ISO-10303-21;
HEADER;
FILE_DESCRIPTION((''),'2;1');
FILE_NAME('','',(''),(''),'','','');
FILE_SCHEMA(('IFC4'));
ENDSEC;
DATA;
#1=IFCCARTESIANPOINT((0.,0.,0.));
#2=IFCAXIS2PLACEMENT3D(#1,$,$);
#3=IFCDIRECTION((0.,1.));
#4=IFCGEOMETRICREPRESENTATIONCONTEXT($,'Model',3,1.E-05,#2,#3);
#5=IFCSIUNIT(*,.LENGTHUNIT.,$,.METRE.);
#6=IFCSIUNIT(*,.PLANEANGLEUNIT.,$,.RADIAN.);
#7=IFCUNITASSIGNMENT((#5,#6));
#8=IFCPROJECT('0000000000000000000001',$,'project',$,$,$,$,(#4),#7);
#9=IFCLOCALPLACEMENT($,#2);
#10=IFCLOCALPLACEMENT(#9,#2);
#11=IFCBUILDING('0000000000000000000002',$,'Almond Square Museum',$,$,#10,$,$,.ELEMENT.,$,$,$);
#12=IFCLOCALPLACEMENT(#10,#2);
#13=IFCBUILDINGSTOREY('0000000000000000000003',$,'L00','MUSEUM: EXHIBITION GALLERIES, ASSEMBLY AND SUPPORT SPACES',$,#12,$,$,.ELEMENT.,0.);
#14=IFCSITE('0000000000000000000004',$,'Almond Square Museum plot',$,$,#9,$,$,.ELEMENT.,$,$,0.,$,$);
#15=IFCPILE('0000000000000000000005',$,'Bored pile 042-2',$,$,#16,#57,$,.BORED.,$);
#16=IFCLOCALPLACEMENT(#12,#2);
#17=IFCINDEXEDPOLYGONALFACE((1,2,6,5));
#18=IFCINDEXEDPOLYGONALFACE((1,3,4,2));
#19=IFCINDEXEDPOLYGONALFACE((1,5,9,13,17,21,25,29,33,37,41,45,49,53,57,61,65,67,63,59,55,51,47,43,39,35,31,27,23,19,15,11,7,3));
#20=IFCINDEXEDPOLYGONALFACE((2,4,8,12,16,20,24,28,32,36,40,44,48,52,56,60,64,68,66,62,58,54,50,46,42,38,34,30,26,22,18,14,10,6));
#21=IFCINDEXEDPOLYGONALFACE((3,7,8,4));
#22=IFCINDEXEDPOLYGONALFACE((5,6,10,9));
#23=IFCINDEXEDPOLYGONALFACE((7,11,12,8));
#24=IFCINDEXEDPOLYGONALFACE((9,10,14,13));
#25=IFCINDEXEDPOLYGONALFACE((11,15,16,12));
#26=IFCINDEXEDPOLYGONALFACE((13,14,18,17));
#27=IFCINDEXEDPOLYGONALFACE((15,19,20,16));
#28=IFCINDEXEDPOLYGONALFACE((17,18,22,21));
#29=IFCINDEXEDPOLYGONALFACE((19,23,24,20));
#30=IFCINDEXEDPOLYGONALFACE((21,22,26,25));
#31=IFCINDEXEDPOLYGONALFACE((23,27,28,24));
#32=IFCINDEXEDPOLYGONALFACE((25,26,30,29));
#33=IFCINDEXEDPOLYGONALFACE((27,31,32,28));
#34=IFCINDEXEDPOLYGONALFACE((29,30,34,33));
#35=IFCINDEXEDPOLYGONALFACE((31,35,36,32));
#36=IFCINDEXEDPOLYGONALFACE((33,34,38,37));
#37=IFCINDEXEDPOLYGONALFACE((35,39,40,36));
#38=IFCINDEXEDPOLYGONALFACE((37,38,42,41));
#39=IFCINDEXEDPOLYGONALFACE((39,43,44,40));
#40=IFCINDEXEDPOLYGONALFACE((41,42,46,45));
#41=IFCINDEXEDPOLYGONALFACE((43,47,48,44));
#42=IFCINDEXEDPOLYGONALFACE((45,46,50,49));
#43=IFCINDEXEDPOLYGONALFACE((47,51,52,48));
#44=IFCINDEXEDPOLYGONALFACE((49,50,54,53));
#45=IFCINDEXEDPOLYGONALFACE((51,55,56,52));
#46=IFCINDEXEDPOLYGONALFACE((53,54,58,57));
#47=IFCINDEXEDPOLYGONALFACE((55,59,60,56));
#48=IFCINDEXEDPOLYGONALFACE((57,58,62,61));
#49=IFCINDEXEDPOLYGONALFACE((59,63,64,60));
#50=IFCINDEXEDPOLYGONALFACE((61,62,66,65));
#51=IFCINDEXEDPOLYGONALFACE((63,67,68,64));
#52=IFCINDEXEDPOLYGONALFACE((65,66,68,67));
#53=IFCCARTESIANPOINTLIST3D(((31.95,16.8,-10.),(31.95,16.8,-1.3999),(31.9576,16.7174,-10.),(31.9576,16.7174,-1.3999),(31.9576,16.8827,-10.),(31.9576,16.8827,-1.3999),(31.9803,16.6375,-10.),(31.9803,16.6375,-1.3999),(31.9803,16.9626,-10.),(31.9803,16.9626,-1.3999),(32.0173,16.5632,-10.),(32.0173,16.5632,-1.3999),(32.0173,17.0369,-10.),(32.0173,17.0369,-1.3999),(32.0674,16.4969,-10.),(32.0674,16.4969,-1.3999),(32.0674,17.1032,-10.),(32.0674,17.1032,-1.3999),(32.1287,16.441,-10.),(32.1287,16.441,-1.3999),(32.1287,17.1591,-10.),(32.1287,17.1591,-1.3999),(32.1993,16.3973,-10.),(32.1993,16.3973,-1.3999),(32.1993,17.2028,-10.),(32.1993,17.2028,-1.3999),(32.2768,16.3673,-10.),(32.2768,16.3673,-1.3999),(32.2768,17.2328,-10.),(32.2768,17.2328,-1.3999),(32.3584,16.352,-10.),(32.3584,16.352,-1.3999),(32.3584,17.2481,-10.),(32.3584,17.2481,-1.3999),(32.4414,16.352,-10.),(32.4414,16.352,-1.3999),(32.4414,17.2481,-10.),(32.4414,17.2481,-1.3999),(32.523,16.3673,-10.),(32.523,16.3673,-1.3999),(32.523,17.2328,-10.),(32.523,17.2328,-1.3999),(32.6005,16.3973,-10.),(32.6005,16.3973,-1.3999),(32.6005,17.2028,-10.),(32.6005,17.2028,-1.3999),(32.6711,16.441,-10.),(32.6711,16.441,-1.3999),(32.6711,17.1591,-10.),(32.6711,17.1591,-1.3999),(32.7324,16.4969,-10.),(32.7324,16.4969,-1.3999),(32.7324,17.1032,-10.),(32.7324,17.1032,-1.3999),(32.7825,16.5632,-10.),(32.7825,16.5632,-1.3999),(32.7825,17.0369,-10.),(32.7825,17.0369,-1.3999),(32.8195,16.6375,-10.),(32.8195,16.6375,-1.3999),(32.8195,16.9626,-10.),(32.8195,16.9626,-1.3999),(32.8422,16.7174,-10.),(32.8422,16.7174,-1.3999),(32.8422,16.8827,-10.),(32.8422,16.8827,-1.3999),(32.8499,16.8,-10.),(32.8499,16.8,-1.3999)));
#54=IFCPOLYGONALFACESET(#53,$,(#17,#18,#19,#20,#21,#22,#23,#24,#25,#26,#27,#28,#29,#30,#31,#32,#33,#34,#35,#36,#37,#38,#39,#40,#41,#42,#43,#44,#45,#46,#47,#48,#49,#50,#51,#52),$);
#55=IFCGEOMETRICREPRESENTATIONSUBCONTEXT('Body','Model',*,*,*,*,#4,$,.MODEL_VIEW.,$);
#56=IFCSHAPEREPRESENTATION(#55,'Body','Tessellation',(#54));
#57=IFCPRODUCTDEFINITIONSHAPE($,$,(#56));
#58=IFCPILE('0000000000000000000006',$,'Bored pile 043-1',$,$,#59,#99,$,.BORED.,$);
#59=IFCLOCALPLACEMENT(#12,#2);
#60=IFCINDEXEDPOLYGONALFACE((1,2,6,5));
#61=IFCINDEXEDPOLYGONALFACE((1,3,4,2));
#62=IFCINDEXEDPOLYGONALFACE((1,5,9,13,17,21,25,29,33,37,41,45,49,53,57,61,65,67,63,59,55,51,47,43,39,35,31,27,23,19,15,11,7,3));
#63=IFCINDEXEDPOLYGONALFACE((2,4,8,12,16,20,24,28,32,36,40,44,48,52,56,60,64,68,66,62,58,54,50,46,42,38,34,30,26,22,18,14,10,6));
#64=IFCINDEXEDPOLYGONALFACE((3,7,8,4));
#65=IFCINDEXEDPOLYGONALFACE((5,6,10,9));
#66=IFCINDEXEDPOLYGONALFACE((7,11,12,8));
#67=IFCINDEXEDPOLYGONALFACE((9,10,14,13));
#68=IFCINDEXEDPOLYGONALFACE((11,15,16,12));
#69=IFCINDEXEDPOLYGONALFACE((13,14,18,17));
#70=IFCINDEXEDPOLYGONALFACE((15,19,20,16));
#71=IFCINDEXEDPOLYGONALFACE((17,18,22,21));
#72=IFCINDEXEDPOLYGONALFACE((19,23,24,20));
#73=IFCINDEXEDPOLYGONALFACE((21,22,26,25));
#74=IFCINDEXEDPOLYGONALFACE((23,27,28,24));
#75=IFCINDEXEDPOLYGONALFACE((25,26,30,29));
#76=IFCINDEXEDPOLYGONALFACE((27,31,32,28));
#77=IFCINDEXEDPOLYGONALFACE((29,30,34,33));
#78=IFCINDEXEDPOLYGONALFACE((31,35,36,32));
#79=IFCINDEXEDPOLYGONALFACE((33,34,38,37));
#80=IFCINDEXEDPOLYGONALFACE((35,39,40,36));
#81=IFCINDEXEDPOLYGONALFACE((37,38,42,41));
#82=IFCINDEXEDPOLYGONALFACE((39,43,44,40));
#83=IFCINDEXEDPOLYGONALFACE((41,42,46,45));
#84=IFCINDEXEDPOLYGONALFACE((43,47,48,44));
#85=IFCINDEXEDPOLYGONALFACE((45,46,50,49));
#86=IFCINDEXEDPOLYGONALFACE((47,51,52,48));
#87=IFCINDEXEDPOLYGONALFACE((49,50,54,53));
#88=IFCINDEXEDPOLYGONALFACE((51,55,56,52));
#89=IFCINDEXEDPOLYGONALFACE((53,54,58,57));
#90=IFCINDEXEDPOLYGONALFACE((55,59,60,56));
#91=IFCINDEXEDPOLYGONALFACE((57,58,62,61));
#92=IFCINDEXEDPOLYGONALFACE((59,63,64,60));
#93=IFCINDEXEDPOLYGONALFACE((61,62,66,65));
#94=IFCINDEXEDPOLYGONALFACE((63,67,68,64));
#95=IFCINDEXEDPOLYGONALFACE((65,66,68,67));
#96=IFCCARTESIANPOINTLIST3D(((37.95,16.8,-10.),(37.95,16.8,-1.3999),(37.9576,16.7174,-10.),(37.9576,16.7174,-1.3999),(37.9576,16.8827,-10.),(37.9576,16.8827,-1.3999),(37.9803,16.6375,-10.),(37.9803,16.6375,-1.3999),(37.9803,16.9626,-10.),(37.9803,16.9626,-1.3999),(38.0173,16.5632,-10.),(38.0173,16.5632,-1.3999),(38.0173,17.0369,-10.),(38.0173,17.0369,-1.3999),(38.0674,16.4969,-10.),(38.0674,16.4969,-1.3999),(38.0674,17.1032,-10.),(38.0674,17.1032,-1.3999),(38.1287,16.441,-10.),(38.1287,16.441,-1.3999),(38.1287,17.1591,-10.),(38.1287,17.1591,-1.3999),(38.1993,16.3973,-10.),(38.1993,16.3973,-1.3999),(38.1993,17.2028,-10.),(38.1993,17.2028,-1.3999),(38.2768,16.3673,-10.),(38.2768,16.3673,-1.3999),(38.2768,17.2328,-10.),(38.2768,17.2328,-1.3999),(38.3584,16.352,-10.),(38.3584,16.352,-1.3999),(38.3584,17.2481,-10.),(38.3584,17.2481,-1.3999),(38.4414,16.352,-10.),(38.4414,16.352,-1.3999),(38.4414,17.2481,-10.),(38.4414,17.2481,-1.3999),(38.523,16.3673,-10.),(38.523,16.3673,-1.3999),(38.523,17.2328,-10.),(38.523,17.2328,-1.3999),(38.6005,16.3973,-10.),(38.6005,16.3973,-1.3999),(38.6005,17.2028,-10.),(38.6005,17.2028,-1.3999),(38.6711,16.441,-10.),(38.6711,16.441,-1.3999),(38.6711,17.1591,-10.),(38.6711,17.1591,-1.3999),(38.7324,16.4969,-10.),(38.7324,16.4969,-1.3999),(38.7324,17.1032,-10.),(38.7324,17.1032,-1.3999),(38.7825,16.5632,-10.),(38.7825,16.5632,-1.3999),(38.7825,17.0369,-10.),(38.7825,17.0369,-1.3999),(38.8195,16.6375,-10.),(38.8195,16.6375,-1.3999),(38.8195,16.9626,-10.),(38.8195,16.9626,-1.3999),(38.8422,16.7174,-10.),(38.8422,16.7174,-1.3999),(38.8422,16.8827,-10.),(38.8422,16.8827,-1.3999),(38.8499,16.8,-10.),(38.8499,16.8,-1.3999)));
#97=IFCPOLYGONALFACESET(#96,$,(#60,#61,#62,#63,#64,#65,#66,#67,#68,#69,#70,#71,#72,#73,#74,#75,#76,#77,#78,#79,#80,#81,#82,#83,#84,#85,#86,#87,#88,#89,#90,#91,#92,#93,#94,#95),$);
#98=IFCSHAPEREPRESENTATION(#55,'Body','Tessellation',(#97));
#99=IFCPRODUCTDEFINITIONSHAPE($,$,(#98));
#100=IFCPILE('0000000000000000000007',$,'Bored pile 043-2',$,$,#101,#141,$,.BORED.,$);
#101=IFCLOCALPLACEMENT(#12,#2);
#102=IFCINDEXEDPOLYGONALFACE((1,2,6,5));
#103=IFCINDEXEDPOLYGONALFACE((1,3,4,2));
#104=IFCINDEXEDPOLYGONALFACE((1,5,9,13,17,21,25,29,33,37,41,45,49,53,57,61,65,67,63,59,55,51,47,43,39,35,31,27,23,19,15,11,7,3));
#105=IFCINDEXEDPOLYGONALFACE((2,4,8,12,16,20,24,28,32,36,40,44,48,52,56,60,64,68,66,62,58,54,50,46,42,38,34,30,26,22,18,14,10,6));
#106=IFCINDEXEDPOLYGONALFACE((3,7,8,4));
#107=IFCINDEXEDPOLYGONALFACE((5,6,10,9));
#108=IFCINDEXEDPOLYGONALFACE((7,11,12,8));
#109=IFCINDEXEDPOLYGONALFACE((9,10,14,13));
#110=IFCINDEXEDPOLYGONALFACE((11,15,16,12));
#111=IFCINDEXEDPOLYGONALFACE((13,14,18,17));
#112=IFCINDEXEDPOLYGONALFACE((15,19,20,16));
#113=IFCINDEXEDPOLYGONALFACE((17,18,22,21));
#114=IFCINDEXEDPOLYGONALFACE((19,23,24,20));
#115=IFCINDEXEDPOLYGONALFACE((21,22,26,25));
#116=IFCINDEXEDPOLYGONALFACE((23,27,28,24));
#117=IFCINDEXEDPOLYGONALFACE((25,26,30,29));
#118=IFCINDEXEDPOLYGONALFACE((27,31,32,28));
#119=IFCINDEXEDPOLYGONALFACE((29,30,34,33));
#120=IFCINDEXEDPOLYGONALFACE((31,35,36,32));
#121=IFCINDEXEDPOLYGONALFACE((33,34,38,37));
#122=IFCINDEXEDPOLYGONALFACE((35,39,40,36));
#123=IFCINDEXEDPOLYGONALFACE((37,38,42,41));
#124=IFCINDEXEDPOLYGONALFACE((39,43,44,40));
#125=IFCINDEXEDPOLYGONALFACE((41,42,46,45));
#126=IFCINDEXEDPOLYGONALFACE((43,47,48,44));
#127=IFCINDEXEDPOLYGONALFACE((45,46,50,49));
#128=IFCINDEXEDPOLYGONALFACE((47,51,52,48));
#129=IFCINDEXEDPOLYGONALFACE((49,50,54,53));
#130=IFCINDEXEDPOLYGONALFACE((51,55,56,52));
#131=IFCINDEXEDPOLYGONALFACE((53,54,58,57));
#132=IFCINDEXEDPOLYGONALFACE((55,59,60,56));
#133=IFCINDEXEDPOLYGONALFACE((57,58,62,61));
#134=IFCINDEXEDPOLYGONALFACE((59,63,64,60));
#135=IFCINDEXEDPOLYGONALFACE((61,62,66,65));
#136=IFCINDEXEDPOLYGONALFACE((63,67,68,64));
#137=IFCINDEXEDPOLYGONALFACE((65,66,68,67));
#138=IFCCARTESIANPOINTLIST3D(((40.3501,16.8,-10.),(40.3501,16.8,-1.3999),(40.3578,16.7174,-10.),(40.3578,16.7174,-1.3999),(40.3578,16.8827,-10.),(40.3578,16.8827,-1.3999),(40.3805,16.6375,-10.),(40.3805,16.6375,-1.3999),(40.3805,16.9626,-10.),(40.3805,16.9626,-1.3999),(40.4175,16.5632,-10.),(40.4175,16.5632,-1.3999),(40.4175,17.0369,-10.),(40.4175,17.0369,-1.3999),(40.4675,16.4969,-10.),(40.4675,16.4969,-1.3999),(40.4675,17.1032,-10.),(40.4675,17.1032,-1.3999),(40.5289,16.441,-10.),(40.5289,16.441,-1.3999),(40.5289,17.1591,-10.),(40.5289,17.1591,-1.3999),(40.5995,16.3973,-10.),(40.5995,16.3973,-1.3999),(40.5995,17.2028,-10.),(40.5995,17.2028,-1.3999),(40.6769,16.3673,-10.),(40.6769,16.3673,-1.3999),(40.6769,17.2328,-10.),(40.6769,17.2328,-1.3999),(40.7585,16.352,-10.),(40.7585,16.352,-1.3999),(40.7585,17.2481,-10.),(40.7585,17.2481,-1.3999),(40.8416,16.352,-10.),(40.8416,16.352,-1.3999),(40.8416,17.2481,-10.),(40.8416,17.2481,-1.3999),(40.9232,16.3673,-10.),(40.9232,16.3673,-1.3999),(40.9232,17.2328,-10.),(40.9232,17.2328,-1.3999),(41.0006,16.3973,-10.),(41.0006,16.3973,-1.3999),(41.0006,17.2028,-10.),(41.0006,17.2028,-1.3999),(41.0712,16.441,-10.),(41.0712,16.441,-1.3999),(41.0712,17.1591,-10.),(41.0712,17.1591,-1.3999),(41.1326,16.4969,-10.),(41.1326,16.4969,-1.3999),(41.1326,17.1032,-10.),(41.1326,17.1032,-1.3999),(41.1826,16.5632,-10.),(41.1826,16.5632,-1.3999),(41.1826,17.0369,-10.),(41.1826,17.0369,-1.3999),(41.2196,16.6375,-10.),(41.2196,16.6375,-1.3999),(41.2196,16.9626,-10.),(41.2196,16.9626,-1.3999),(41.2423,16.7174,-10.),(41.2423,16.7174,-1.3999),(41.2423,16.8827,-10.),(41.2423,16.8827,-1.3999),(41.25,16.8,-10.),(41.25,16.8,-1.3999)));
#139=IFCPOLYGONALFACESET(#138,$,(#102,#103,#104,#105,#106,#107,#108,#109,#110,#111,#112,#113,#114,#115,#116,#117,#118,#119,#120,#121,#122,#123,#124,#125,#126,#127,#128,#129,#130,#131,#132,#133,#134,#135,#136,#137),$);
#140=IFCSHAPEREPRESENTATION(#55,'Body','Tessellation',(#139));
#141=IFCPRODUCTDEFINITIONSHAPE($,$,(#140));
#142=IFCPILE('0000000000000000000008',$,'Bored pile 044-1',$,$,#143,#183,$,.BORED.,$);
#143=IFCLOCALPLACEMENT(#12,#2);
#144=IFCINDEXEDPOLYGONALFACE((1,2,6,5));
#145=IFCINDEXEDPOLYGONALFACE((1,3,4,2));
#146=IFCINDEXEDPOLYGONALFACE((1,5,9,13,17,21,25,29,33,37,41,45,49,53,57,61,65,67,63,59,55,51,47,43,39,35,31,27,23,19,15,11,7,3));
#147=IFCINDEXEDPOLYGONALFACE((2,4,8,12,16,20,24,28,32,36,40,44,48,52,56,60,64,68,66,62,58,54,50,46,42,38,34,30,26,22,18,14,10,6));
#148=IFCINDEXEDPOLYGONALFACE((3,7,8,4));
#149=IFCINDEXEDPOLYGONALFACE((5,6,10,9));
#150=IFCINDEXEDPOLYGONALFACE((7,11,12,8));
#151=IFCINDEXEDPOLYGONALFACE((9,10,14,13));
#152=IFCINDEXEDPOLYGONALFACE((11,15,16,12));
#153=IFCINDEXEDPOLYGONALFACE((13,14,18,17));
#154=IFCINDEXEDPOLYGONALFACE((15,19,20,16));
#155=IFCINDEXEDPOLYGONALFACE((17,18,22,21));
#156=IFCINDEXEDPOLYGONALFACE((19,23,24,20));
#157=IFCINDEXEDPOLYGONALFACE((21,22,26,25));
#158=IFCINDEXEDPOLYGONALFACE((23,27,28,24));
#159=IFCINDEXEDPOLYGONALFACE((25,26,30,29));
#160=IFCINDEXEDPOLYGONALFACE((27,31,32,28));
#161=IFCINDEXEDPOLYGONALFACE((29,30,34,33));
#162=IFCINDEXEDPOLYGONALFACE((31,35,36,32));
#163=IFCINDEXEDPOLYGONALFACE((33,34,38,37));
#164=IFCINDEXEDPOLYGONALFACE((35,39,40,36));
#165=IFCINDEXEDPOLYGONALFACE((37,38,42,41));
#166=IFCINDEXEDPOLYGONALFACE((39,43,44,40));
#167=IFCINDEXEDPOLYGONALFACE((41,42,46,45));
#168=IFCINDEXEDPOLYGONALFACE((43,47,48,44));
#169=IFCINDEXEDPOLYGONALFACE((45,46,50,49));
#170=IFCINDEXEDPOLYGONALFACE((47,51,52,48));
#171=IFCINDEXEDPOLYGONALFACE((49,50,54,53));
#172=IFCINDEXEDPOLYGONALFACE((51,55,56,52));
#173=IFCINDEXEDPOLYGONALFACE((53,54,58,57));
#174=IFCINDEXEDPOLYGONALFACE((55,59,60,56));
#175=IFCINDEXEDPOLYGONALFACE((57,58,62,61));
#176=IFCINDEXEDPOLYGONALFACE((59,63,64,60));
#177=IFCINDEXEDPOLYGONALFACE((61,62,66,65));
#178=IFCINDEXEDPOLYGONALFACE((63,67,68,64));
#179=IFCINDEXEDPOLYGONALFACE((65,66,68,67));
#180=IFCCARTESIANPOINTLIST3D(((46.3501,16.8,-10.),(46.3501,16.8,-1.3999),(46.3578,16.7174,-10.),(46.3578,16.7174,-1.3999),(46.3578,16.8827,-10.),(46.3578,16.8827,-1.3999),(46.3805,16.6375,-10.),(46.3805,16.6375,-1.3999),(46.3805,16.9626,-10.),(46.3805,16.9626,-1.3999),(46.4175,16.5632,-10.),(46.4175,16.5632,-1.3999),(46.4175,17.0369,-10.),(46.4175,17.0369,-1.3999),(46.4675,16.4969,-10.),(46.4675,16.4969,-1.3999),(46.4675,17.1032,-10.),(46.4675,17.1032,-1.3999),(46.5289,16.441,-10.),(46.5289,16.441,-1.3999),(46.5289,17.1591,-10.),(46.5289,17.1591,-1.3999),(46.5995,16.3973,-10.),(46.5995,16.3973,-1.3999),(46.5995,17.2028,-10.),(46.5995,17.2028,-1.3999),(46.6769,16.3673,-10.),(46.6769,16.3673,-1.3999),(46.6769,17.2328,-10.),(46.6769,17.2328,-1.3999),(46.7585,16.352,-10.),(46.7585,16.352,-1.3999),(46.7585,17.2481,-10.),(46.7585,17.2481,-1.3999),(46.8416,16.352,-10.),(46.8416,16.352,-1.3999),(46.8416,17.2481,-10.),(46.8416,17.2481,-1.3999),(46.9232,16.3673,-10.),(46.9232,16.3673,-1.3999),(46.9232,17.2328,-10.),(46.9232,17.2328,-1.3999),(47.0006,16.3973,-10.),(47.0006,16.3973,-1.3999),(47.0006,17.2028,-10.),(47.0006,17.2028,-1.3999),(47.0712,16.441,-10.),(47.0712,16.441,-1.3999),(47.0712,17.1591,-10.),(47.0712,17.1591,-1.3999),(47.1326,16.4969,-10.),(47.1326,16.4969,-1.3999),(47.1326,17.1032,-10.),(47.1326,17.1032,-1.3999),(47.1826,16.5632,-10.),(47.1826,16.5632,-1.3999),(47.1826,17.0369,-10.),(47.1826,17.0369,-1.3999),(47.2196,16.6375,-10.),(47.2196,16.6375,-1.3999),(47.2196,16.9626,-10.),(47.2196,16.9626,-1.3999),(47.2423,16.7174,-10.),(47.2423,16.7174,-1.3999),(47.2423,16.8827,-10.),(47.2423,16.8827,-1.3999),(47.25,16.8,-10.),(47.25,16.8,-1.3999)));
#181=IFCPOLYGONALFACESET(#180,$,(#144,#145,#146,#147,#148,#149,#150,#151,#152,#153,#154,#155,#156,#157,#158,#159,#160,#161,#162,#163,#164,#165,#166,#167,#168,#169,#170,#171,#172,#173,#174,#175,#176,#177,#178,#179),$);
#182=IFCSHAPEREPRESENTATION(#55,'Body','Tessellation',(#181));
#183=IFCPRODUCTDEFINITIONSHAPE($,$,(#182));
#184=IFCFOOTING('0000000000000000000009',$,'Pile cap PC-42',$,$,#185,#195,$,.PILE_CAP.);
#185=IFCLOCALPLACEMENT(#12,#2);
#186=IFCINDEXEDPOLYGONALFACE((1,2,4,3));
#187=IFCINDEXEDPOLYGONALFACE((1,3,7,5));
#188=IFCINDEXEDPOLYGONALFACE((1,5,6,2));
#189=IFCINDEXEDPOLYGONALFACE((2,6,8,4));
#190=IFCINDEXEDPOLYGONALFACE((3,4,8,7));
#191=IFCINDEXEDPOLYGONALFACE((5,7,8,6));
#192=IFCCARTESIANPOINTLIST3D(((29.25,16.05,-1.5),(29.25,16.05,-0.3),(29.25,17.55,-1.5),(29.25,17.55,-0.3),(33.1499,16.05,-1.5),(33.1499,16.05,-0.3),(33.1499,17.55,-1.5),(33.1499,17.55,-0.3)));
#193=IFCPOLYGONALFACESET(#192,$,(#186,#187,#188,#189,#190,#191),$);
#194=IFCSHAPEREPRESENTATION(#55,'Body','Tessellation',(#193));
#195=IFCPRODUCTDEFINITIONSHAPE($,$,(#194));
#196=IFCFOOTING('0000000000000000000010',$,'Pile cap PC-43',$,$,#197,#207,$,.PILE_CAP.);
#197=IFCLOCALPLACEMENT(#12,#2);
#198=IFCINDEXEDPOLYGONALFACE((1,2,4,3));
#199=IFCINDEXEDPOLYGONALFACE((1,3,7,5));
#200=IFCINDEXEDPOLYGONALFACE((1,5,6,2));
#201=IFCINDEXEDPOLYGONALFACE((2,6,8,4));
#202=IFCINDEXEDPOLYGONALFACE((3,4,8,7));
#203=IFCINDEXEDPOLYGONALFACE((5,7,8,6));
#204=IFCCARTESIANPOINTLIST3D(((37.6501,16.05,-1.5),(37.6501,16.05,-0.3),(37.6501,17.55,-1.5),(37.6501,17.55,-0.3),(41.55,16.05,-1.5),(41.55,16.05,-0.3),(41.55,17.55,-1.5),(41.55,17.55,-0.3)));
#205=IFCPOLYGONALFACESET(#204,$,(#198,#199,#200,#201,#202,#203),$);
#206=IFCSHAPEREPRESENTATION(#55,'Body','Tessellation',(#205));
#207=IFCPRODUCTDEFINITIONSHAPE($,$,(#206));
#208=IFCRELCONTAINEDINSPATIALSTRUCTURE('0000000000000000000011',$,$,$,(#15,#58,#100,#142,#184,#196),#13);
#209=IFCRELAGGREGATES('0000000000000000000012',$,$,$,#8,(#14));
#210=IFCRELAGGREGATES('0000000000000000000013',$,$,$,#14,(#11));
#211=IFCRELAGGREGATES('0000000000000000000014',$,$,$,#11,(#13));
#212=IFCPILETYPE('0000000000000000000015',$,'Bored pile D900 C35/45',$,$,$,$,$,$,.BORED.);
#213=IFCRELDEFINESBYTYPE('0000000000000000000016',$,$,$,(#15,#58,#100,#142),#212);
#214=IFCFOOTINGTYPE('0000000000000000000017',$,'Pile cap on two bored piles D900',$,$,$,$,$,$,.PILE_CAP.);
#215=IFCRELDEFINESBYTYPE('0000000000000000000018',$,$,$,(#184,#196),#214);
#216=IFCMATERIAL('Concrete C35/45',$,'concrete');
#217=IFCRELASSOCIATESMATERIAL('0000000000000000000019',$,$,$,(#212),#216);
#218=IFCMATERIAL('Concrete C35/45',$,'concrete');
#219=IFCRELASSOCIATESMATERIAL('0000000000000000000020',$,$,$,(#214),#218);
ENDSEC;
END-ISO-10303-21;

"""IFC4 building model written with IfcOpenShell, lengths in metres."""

from ifc_helpers import new_model, si_unit, direction, frame, origin, origin_2d, place, context, subcontext, project, spatial, rectangle, circle, extrude, material, material_profile, profile_set, type_object, element, save


model = new_model("IFC4")

# Units and contexts
model_context = context("Model", 3, precision=1e-05, world=origin(), true_north=direction((0.0, 1.0)))
body_context = subcontext(model_context, "Body", "Model", "MODEL_VIEW")
ifc_project = project(units=[si_unit("LENGTHUNIT", "METRE"), si_unit("PLANEANGLEUNIT", "RADIAN")], contexts=[model_context])

# Site, building, storey
site_placement = place(None, origin())
site = spatial("IfcSite", under=ifc_project, at=site_placement, Name="Almond Square Museum plot", CompositionType="ELEMENT", RefElevation=0.0)
building_placement = place(site_placement, origin())
building = spatial("IfcBuilding", under=site, at=building_placement, Name="Almond Square Museum", CompositionType="ELEMENT")
storey_placement = place(building_placement, origin())
storey = spatial("IfcBuildingStorey", under=building, at=storey_placement, Name="L00", Description="MUSEUM: EXHIBITION GALLERIES, ASSEMBLY AND SUPPORT SPACES", CompositionType="ELEMENT", Elevation=0.0)

# Piles
ifc_material_1 = material(Name="Concrete C35/45", Category="concrete")
ifc_material_profile_1 = material_profile(ifc_material_1, circle(Radius=0.45, at=origin_2d()))
ifc_profile_set_1 = profile_set([ifc_material_profile_1], Name="Concrete C35/45")
pile_type = type_object("IfcPileType", Name="Bored pile D900 C35/45", PredefinedType="BORED", material=ifc_profile_set_1)
for number, where, z_axis, x_axis, name in (
    (1, (32.3999, 16.8, -1.3999), (0.0, 0.0, -1.0), (1.0, 0.0, 0.0), "Bored pile 042-2"),
    (2, (38.3999, 16.8, -1.3999), (0.0, 0.0, -1.0), (1.0, 0.0, 0.0), "Bored pile 043-1"),
    (3, (40.8, 16.8, -1.3999), (0.0, 0.0, -1.0), (1.0, 0.0, 0.0), "Bored pile 043-2"),
    (4, (46.8, 16.8, -1.3999), (0.0, 0.0, -1.0), (1.0, 0.0, 0.0), "Bored pile 044-1"),
):
    element("IfcPile", number, at=place(storey_placement, frame(where, z_axis=z_axis, x_axis=x_axis)), inside=storey, type_object=pile_type, Name=name, PredefinedType="BORED", context=body_context, shape_type="SweptSolid", body=[
        extrude(circle(Radius=0.45, at=origin_2d()), origin(), (0.0, 0.0, 1.0), 8.6001),
    ])

# Footings
ifc_material_2 = material(Name="Concrete C35/45", Category="concrete")
footing_type = type_object("IfcFootingType", Name="Pile cap on two bored piles D900", PredefinedType="PILE_CAP", material=ifc_material_2)
for number, where, z_axis, x_axis, name in (
    (5, (31.2, 16.8, -1.5), (0.0, 0.0, 1.0), (1.0, 0.0, 0.0), "Pile cap PC-42"),
    (6, (39.6001, 16.8, -1.5), (0.0, 0.0, 1.0), (1.0, 0.0, 0.0), "Pile cap PC-43"),
):
    element("IfcFooting", number, at=place(storey_placement, frame(where, z_axis=z_axis, x_axis=x_axis)), inside=storey, type_object=footing_type, Name=name, PredefinedType="PILE_CAP", context=body_context, shape_type="SweptSolid", body=[
        extrude(rectangle(XDim=3.8999, YDim=1.5, at=origin_2d()), origin(), (0.0, 0.0, 1.0), 1.2),
    ])

save(model, "model.ifc")
